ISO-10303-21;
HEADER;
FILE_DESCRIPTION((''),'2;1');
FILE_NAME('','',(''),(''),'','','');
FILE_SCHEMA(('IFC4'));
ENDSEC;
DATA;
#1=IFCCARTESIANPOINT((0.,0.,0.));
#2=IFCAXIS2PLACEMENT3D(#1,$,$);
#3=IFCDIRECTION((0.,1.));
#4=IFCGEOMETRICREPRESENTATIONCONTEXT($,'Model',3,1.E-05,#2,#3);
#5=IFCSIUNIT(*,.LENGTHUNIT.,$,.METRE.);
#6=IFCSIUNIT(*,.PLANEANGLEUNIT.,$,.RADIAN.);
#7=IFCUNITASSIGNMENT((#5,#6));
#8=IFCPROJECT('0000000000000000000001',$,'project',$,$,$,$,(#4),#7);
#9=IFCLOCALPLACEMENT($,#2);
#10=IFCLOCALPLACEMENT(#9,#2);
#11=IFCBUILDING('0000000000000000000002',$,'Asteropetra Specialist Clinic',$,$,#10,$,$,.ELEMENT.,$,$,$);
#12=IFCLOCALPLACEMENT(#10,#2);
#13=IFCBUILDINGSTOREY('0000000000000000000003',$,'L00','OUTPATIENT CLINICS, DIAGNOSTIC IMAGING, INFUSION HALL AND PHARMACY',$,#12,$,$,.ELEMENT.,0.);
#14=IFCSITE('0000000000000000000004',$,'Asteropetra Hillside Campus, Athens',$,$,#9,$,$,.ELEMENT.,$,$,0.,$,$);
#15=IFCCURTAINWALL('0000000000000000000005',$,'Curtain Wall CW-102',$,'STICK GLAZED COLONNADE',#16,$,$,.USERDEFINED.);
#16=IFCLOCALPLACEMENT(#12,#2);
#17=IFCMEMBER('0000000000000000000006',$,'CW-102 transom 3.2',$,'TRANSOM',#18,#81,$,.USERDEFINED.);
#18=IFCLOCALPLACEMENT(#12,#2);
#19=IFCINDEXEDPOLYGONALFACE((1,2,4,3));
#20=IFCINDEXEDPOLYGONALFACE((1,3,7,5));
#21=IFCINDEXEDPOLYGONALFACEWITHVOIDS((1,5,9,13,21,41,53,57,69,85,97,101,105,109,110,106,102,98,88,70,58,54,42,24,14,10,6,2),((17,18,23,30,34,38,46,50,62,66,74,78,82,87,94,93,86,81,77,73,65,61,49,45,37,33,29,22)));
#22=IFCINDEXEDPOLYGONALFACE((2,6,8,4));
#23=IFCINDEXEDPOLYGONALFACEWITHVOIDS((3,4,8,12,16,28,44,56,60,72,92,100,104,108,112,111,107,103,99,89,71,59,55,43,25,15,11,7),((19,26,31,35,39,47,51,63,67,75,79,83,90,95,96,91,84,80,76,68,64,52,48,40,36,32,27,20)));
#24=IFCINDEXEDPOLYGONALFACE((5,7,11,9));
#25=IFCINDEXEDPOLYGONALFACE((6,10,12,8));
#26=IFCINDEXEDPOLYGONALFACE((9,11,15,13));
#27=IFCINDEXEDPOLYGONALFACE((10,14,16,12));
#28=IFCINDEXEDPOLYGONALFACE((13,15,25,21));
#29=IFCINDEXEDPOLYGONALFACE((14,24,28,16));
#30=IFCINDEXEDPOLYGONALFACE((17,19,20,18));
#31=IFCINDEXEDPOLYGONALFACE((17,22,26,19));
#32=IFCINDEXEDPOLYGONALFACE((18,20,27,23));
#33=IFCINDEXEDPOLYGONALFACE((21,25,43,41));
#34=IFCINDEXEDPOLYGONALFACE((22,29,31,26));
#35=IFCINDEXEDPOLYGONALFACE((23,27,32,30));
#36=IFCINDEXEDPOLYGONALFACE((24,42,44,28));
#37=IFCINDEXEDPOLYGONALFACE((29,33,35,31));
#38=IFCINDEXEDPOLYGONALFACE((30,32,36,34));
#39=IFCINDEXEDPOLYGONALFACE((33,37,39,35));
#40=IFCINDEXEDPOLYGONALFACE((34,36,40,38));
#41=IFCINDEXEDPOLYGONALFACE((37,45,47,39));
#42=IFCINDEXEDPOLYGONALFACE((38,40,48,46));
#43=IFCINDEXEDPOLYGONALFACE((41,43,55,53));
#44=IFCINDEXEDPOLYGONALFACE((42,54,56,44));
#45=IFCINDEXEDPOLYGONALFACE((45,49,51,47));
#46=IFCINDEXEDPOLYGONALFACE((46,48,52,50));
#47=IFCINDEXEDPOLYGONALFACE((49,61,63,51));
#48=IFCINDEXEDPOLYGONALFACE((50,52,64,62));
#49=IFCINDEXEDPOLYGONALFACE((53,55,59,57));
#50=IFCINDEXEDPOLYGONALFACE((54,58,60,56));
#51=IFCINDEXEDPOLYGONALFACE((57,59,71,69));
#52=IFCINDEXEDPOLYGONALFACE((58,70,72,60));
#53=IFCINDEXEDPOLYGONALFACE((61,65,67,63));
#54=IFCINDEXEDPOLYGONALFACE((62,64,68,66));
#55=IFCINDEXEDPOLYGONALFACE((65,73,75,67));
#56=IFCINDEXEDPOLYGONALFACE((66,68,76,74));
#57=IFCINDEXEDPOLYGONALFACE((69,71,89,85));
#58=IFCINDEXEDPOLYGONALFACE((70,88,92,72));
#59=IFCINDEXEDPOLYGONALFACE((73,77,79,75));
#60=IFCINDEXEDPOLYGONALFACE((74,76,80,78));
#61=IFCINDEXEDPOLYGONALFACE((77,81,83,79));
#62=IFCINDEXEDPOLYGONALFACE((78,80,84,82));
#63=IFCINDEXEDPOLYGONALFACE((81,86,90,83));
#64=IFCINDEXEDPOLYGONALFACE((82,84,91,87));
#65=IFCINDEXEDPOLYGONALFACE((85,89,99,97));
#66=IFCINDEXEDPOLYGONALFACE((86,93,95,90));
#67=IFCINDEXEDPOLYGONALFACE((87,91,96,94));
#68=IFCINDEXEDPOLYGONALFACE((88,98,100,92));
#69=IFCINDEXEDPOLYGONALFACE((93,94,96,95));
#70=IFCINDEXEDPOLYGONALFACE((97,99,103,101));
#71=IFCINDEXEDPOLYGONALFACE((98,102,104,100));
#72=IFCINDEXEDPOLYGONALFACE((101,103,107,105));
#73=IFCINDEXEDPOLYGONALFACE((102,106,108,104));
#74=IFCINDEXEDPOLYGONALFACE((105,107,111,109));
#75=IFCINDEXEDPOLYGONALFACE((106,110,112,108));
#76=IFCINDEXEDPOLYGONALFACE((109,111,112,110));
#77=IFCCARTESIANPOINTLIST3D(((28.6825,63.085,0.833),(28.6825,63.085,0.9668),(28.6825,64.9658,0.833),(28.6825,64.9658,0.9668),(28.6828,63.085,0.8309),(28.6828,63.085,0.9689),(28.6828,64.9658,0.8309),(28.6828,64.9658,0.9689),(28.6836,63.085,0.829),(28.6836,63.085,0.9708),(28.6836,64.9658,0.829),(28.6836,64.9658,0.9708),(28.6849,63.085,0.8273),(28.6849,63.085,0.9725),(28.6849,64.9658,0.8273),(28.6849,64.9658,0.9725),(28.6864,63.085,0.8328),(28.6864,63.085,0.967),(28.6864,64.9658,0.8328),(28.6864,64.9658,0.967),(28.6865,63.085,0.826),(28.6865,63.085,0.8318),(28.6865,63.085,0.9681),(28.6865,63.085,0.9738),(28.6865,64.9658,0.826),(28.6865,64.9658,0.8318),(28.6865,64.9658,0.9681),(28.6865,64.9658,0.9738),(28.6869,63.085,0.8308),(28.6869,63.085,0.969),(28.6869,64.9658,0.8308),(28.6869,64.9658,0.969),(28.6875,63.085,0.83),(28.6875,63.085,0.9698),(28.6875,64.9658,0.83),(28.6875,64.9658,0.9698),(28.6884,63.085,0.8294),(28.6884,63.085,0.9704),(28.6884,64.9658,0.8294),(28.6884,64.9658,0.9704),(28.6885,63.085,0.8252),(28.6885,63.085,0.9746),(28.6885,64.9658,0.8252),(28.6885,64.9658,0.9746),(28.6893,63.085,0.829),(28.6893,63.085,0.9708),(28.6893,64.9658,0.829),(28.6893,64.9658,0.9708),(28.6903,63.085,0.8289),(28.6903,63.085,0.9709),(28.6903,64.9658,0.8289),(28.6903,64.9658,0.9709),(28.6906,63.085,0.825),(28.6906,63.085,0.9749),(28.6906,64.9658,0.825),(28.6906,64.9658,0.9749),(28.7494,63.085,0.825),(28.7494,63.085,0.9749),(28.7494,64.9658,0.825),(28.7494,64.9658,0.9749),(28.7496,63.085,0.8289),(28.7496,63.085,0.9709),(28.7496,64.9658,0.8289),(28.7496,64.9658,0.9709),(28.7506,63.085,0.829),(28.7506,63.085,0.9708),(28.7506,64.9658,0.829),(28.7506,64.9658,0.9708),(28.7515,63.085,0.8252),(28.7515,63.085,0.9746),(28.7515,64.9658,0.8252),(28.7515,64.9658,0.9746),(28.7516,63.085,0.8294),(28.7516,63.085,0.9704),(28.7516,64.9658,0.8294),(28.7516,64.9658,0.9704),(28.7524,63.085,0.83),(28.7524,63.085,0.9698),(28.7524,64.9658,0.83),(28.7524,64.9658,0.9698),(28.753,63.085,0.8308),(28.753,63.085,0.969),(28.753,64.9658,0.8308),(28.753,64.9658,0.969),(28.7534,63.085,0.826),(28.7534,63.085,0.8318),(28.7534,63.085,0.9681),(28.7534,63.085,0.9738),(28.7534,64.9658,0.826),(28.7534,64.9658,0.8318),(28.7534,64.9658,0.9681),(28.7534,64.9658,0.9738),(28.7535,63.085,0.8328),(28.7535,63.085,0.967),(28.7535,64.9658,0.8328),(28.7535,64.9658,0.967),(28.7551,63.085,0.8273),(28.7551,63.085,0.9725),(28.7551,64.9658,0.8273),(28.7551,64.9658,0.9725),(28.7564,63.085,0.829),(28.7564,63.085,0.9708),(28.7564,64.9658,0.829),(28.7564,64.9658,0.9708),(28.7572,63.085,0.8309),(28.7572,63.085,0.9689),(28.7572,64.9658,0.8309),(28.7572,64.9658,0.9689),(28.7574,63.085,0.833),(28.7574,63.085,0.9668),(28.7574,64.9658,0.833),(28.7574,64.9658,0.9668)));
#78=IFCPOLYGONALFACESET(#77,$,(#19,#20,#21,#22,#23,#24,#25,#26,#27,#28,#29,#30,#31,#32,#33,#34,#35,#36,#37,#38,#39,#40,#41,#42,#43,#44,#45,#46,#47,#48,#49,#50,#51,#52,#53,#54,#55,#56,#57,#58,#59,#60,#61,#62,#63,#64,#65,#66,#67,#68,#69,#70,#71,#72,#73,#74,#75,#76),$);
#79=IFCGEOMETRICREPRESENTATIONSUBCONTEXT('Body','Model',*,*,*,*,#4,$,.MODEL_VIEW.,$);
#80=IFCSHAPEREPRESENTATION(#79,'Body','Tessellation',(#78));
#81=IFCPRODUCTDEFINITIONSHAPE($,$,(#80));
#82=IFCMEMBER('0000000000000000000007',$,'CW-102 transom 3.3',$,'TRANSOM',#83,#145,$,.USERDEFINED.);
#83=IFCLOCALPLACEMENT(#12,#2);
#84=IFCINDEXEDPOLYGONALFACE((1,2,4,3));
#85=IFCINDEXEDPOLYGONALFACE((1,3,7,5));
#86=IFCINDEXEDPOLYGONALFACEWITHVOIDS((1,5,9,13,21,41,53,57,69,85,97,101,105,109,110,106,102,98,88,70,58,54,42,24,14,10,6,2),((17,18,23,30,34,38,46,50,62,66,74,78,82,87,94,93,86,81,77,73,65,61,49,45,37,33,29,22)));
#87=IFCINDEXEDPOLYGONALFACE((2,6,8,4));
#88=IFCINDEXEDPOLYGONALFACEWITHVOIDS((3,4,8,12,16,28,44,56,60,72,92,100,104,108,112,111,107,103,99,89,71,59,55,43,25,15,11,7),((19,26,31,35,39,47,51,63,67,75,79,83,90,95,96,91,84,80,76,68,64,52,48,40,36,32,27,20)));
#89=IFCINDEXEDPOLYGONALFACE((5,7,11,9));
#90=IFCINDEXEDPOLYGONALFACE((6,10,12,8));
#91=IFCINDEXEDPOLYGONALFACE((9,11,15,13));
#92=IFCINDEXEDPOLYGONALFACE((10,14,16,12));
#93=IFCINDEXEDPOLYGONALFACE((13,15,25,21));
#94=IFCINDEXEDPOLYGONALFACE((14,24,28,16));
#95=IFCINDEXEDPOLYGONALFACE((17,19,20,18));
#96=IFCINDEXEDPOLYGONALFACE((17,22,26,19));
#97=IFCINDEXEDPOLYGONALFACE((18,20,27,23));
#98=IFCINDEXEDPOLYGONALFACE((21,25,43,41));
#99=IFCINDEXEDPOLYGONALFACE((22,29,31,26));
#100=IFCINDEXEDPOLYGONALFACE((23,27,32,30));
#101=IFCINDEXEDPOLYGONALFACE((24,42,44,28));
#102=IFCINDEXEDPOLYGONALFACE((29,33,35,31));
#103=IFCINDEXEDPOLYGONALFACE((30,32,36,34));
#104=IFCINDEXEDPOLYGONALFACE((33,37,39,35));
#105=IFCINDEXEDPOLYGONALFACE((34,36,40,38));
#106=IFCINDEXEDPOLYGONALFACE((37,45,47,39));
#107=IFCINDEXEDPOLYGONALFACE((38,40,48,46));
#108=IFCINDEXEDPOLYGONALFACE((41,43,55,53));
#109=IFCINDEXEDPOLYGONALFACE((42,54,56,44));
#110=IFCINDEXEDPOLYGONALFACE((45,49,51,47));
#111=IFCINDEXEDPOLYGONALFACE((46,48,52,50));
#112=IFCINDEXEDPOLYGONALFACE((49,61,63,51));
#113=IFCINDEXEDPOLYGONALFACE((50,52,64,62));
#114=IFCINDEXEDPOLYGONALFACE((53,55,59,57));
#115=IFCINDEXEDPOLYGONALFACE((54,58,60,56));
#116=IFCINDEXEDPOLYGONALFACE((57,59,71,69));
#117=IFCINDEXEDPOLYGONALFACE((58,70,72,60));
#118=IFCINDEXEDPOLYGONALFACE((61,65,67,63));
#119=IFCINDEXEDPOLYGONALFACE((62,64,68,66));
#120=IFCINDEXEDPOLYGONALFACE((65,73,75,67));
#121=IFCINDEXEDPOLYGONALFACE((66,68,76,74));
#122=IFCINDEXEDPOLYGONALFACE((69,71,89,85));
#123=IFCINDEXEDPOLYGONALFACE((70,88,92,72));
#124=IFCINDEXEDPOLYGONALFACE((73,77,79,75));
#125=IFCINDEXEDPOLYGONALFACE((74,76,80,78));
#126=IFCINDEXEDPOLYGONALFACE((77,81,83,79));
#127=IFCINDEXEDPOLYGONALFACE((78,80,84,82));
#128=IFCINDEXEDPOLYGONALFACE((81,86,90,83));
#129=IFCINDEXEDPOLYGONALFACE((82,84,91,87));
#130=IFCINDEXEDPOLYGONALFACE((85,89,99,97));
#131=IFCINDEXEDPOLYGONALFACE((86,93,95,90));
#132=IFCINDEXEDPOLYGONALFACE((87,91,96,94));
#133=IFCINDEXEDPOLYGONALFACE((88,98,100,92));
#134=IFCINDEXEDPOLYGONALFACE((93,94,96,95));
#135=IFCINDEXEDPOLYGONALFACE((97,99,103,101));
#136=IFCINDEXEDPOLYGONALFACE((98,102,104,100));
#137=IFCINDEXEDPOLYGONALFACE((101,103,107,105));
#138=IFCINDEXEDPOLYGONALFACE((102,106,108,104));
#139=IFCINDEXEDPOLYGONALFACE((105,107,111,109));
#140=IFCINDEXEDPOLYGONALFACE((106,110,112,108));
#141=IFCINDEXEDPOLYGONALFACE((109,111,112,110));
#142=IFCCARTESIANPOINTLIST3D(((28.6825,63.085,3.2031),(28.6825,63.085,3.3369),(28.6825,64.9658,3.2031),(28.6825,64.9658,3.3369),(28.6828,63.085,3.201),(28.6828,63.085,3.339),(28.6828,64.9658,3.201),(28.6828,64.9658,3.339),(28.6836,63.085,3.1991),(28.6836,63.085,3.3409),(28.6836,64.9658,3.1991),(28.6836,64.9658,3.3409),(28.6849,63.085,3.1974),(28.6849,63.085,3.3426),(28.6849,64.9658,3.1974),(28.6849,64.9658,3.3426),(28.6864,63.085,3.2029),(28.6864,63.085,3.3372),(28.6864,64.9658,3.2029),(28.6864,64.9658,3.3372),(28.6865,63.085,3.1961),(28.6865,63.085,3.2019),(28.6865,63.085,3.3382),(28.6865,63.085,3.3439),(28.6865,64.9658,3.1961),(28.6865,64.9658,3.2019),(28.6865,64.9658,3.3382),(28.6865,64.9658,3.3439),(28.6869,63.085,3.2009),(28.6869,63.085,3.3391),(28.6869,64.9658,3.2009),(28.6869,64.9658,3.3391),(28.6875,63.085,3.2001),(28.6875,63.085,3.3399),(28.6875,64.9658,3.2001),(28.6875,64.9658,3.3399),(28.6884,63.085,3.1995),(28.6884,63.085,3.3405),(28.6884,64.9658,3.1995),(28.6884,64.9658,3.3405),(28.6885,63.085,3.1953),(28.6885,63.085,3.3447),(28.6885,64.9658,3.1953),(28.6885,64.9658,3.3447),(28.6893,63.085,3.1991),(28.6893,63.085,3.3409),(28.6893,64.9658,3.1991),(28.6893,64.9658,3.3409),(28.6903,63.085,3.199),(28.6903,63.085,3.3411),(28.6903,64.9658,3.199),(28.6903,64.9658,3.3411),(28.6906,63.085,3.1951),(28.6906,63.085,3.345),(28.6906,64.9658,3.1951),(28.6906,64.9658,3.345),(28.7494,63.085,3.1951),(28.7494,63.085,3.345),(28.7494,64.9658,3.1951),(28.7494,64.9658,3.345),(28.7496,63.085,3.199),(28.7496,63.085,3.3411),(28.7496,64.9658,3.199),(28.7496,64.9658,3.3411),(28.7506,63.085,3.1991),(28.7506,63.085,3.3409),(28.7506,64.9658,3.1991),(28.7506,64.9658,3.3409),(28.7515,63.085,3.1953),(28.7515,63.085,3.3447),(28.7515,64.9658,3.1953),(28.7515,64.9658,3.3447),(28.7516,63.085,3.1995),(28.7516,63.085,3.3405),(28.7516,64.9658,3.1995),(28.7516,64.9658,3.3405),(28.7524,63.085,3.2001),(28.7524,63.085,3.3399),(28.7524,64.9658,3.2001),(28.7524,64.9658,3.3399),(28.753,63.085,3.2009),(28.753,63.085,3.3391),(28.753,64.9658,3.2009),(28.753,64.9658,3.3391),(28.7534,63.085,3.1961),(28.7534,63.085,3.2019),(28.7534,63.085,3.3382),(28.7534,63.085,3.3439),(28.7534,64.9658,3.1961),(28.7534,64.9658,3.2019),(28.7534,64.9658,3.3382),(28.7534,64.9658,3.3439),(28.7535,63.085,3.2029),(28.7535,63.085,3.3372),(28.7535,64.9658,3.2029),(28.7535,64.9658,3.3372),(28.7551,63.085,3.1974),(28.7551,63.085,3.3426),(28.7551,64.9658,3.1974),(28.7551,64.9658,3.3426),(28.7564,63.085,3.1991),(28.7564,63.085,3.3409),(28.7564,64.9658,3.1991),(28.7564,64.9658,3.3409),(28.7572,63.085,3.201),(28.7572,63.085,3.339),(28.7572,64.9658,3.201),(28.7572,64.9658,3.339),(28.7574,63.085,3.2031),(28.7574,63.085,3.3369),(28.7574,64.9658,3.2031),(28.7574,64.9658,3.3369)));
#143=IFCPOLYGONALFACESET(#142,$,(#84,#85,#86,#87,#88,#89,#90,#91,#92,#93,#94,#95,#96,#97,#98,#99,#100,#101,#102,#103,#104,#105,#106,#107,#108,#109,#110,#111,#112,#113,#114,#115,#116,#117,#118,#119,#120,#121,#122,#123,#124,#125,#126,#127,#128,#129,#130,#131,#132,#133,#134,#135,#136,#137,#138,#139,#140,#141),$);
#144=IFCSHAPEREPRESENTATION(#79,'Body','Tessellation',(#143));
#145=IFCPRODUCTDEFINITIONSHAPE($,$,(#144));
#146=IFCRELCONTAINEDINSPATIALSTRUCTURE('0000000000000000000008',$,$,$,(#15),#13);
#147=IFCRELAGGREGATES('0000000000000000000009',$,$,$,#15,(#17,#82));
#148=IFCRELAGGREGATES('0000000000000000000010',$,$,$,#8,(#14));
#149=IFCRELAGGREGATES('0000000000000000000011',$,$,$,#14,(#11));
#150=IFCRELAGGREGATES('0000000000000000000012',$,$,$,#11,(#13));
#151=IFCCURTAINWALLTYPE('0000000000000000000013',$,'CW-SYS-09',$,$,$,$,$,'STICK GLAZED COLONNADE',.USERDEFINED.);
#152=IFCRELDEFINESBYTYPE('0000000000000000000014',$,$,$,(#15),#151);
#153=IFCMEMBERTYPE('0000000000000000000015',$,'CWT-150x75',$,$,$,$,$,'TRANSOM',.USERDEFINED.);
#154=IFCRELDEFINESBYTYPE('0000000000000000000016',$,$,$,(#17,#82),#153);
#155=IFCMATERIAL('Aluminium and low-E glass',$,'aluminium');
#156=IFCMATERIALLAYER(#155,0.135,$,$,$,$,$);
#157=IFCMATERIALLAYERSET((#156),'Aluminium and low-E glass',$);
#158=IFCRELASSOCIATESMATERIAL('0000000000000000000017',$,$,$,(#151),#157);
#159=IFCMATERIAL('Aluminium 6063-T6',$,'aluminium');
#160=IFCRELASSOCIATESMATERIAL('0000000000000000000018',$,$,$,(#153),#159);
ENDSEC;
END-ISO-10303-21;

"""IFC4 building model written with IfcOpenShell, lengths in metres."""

from ifc_helpers import new_model, si_unit, direction, frame, origin, origin_2d, place, context, subcontext, project, spatial, hollow_rectangle, extrude, material, layer, layer_set, material_profile, profile_set, type_object, element, aggregate, save


model = new_model("IFC4")

# Units and contexts
model_context = context("Model", 3, precision=1e-05, world=origin(), true_north=direction((0.0, 1.0)))
body_context = subcontext(model_context, "Body", "Model", "MODEL_VIEW")
ifc_project = project(units=[si_unit("LENGTHUNIT", "METRE"), si_unit("PLANEANGLEUNIT", "RADIAN")], contexts=[model_context])

# Site, building, storey
site_placement = place(None, origin())
site = spatial("IfcSite", under=ifc_project, at=site_placement, Name="Asteropetra Hillside Campus, Athens", CompositionType="ELEMENT", RefElevation=0.0)
building_placement = place(site_placement, origin())
building = spatial("IfcBuilding", under=site, at=building_placement, Name="Asteropetra Specialist Clinic", CompositionType="ELEMENT")
storey_placement = place(building_placement, origin())
storey = spatial("IfcBuildingStorey", under=building, at=storey_placement, Name="L00", Description="OUTPATIENT CLINICS, DIAGNOSTIC IMAGING, INFUSION HALL AND PHARMACY", CompositionType="ELEMENT", Elevation=0.0)

# Curtain wall, members
ifc_material_1 = material(Name="Aluminium and low-E glass", Category="aluminium")
ifc_layer_1 = layer(ifc_material_1, 0.135)
ifc_layer_set_1 = layer_set([ifc_layer_1], Name="Aluminium and low-E glass")
curtain_wall_type = type_object("IfcCurtainWallType", Name="CW-SYS-09", ElementType="STICK GLAZED COLONNADE", PredefinedType="USERDEFINED", material=ifc_layer_set_1)
curtain_wall_placement = place(storey_placement, origin())
curtain_wall = element("IfcCurtainWall", 1, at=curtain_wall_placement, inside=storey, type_object=curtain_wall_type, Name="Curtain Wall CW-102", ObjectType="STICK GLAZED COLONNADE", PredefinedType="USERDEFINED")
ifc_material_2 = material(Name="Aluminium 6063-T6", Category="aluminium")
ifc_material_profile_1 = material_profile(ifc_material_2, hollow_rectangle(XDim=0.075, YDim=0.1499, WallThickness=0.0039, InnerFilletRadius=0.0039, OuterFilletRadius=0.0081, at=origin_2d()), Name="TRN 150x75x4.0")
ifc_profile_set_1 = profile_set([ifc_material_profile_1], Name="Aluminium 6063-T6")
member_type_1 = type_object("IfcMemberType", Name="CWT-150x75", ElementType="TRANSOM", PredefinedType="USERDEFINED", material=ifc_profile_set_1)
member_1_placement = place(storey_placement, frame((28.72, 64.9658, 0.8999), z_axis=(0.0, -1.0, 0.0), x_axis=(1.0, 0.0, 0.0)))
member_1 = element("IfcMember", 2, at=member_1_placement, type_object=member_type_1, Name="CW-102 transom 3.2", ObjectType="TRANSOM", PredefinedType="USERDEFINED", context=body_context, shape_type="SweptSolid", body=[
    extrude(hollow_rectangle(XDim=0.075, YDim=0.1499, WallThickness=0.0039, InnerFilletRadius=0.0039, OuterFilletRadius=0.0081, at=origin_2d()), origin(), (0.0, 0.0, 1.0), 1.8809),
])
member_2_placement = place(storey_placement, frame((28.72, 64.9658, 3.27), z_axis=(0.0, -1.0, 0.0), x_axis=(1.0, 0.0, 0.0)))
member_2 = element("IfcMember", 3, at=member_2_placement, type_object=member_type_1, Name="CW-102 transom 3.3", ObjectType="TRANSOM", PredefinedType="USERDEFINED", context=body_context, shape_type="SweptSolid", body=[
    extrude(hollow_rectangle(XDim=0.075, YDim=0.1499, WallThickness=0.0039, InnerFilletRadius=0.0039, OuterFilletRadius=0.0081, at=origin_2d()), origin(), (0.0, 0.0, 1.0), 1.8809),
])
aggregate(curtain_wall, [member_1, member_2])

save(model, "model.ifc")
